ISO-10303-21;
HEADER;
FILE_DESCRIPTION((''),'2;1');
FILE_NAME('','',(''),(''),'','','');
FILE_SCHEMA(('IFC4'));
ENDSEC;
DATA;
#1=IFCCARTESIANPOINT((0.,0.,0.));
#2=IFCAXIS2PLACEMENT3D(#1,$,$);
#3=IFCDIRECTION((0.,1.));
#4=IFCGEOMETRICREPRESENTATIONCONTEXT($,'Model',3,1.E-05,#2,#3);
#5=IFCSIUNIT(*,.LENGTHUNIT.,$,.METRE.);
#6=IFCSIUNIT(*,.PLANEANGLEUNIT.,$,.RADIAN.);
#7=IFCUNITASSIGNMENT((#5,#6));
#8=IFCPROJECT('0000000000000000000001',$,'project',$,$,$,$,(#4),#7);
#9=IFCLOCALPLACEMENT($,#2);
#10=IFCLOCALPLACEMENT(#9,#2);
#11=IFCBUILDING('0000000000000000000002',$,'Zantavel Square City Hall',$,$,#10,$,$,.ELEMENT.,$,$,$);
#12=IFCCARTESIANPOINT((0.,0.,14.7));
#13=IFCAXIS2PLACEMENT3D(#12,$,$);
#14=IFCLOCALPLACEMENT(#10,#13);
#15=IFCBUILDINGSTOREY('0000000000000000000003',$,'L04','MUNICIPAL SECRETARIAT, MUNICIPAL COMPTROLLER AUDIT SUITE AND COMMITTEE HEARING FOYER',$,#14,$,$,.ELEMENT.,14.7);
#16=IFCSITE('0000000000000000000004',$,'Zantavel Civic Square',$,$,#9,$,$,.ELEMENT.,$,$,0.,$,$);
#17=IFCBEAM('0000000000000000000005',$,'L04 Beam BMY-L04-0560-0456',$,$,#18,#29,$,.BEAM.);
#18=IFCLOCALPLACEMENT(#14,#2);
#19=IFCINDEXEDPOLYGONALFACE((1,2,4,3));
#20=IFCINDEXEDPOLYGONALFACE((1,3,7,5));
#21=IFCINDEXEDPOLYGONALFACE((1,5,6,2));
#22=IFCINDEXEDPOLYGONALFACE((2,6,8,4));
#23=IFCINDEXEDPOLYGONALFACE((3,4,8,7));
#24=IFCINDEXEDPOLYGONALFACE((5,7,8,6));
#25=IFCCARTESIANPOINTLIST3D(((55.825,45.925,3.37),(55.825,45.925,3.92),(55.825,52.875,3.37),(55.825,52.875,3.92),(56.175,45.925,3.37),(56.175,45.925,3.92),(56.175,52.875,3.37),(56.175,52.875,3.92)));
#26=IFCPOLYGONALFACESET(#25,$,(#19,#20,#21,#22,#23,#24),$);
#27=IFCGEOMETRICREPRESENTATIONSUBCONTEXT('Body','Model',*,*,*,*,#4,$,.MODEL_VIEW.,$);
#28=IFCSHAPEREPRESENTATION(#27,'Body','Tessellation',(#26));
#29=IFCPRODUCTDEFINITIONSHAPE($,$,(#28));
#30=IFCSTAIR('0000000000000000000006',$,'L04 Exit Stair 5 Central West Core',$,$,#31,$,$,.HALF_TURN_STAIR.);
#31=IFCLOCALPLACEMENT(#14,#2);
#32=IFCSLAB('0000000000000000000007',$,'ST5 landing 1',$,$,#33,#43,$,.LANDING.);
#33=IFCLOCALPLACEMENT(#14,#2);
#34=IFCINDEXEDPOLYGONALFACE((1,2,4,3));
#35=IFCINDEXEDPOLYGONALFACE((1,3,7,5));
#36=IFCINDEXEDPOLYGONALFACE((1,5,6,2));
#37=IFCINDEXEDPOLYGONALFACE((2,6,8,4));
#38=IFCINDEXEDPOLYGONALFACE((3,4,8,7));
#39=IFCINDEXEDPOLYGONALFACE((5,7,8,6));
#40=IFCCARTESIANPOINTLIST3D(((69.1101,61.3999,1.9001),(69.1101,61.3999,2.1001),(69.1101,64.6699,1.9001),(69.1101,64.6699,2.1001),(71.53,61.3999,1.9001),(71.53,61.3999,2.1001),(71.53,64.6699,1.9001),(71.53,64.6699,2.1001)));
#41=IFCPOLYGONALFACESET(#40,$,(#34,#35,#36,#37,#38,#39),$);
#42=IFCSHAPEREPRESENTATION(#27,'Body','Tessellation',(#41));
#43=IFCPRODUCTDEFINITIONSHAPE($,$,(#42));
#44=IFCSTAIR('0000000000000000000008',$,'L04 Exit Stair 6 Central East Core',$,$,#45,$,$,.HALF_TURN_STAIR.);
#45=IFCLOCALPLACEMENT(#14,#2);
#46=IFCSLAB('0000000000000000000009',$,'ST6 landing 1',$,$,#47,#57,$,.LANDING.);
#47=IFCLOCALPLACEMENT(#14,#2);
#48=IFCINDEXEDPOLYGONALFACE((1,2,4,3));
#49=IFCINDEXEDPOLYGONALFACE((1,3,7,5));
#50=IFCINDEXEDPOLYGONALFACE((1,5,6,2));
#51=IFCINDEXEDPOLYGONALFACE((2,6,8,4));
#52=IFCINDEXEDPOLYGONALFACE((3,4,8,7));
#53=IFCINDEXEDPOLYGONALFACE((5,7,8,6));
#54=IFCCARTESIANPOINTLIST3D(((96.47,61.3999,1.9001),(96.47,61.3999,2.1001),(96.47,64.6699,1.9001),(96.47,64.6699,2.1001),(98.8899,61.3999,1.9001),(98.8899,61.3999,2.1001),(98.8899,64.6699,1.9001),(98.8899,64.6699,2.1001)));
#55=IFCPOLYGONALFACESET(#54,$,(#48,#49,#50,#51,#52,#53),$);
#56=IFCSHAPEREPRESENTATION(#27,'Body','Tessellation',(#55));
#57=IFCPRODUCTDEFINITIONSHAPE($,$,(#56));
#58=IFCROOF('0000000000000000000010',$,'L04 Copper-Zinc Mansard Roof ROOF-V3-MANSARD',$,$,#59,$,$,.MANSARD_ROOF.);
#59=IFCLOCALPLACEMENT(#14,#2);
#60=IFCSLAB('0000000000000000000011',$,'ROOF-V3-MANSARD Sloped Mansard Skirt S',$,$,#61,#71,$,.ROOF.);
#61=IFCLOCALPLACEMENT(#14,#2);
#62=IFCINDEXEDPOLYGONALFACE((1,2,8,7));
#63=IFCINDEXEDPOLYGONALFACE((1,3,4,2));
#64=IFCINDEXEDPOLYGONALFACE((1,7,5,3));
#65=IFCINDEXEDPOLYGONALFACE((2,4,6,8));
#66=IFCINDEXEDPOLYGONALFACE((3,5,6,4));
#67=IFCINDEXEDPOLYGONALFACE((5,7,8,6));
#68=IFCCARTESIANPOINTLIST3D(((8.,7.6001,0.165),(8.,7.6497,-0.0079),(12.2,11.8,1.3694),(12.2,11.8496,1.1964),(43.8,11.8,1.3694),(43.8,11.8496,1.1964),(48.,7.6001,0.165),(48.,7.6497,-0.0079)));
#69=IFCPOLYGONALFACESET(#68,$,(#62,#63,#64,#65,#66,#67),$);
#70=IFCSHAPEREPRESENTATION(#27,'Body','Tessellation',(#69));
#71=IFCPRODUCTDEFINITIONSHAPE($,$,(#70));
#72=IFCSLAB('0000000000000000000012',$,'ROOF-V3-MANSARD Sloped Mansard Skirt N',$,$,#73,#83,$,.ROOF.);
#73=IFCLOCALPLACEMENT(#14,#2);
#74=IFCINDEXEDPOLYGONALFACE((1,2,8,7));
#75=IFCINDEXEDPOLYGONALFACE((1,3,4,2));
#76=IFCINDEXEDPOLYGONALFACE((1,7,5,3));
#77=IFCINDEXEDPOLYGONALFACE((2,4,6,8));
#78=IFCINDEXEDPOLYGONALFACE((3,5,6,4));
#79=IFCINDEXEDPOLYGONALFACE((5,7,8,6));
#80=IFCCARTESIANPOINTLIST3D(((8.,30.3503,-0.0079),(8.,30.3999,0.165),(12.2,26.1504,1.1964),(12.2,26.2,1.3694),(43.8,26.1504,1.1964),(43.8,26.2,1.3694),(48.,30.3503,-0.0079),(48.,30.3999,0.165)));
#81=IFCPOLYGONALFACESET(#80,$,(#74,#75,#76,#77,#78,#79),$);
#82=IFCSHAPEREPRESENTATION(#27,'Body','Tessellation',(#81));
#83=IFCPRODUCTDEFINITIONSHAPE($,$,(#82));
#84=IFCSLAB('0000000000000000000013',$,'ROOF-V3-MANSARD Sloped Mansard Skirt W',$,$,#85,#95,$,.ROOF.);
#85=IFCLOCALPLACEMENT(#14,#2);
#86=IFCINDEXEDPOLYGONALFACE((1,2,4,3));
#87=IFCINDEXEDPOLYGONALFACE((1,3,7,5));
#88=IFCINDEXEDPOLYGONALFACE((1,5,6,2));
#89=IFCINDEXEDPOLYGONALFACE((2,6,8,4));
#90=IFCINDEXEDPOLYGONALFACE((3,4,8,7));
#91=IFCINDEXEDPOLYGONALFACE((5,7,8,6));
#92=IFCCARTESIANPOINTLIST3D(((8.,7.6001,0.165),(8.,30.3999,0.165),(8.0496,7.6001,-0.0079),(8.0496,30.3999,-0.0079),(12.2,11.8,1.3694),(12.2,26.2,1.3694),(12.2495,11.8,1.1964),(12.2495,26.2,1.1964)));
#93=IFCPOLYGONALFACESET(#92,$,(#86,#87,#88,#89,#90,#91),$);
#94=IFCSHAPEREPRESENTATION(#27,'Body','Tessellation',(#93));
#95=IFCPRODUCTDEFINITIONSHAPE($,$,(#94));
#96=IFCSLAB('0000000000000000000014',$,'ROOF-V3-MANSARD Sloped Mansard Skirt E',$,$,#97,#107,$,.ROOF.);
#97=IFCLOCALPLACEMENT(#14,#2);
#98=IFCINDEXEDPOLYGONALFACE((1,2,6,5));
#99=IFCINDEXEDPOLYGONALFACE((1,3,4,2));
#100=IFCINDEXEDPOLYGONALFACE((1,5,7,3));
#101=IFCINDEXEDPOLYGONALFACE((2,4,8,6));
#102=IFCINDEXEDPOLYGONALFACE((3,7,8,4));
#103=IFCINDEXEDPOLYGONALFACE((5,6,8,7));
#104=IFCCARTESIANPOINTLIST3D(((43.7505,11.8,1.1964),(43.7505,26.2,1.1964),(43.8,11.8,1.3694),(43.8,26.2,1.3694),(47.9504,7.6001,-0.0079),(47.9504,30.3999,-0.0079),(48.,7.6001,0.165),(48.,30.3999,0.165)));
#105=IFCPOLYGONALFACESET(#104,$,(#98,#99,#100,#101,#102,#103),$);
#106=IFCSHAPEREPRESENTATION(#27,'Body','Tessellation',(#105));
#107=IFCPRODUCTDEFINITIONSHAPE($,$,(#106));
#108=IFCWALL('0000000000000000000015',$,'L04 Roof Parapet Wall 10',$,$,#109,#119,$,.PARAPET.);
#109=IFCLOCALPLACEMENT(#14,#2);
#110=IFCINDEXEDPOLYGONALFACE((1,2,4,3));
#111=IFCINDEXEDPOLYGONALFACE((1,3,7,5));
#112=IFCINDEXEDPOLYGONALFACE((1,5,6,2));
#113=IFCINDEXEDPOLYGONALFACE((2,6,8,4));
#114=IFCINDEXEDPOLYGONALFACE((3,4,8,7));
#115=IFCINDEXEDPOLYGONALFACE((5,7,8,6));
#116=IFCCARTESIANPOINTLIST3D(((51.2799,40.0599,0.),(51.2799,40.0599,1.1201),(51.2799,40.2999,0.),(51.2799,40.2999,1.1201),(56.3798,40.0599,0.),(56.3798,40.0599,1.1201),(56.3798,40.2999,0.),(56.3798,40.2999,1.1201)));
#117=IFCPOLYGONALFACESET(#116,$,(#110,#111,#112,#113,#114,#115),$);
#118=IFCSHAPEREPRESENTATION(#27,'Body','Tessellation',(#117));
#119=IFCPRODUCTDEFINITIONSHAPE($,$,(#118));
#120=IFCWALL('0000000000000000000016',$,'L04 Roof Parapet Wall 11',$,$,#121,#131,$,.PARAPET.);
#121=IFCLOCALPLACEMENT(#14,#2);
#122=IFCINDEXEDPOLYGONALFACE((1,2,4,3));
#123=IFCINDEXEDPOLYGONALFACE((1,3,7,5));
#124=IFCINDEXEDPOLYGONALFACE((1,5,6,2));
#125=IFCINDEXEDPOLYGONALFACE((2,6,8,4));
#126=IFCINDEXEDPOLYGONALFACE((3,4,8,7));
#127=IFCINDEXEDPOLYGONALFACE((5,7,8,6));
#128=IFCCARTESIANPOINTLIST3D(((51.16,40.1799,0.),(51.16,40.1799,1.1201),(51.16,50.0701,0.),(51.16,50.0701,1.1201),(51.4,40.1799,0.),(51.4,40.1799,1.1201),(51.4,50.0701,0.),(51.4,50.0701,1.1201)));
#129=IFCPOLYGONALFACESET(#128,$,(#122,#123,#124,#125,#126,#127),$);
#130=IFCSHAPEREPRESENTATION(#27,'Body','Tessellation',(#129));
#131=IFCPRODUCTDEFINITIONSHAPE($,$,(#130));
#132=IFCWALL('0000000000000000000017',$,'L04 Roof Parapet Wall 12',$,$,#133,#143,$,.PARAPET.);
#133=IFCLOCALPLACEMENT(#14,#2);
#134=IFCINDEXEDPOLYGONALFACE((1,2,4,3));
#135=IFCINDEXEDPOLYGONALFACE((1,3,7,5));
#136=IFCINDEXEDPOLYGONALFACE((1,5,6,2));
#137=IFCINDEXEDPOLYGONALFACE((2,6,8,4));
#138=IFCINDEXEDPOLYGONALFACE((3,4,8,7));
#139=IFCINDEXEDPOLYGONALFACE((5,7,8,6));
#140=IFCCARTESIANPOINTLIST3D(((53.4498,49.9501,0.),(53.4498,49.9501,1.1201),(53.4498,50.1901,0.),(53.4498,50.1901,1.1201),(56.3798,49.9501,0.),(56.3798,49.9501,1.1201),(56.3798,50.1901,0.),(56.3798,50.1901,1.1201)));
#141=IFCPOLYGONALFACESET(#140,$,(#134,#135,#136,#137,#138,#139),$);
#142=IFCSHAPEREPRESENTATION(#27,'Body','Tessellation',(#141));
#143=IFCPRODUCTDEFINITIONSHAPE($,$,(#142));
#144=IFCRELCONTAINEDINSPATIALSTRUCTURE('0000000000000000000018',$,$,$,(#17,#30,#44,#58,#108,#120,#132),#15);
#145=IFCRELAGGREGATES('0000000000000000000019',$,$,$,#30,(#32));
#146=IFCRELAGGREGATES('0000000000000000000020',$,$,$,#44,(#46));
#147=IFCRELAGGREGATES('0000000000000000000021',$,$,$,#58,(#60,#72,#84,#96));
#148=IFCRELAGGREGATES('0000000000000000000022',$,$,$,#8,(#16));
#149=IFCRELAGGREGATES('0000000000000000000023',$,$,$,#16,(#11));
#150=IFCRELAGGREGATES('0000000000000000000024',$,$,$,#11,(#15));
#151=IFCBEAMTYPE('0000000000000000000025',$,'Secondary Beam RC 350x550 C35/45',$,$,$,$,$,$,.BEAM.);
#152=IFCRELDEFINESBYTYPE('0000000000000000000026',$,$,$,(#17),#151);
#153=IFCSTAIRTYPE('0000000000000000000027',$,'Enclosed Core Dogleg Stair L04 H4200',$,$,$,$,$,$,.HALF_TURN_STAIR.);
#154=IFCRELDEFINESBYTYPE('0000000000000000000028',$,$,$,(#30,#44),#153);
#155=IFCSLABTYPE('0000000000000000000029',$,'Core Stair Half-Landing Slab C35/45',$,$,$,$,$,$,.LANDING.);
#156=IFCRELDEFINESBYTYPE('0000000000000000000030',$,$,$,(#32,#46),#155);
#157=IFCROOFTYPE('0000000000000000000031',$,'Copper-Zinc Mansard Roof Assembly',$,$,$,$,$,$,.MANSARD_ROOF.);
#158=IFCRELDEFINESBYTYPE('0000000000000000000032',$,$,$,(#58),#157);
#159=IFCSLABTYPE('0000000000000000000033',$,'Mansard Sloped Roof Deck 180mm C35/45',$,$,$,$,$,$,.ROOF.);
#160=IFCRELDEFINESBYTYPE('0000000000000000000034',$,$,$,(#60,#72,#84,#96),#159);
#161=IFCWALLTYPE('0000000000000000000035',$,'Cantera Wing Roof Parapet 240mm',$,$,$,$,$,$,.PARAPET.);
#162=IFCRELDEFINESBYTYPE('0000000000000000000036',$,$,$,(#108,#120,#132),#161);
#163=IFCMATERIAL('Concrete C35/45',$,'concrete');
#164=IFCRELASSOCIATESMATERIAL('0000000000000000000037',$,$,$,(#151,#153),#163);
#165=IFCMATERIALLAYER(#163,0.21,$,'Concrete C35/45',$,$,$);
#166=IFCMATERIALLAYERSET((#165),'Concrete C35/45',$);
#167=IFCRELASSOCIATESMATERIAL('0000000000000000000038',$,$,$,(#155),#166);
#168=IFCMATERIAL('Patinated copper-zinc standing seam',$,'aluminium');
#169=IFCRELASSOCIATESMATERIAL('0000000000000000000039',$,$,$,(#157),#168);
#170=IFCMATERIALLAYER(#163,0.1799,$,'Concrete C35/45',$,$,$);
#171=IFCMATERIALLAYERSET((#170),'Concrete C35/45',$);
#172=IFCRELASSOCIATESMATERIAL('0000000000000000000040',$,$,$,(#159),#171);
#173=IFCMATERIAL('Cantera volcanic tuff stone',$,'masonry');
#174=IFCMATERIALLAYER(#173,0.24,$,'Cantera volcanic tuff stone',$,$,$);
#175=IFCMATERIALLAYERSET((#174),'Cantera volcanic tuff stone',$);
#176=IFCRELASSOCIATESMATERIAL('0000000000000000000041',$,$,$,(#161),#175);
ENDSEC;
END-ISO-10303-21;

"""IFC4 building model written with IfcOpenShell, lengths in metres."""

from ifc_helpers import new_model, si_unit, direction, frame, frame_2d, origin, origin_2d, place, context, subcontext, project, spatial, polyline, rectangle, outline, extrude, material, layer, layer_set, material_profile, profile_set, type_object, element, aggregate, save


model = new_model("IFC4")

# Units and contexts
model_context = context("Model", 3, precision=1e-05, world=origin(), true_north=direction((0.0, 1.0)))
body_context = subcontext(model_context, "Body", "Model", "MODEL_VIEW")
ifc_project = project(units=[si_unit("LENGTHUNIT", "METRE"), si_unit("PLANEANGLEUNIT", "RADIAN")], contexts=[model_context])

# Site, building, storey
site_placement = place(None, origin())
site = spatial("IfcSite", under=ifc_project, at=site_placement, Name="Zantavel Civic Square", CompositionType="ELEMENT", RefElevation=0.0)
building_placement = place(site_placement, origin())
building = spatial("IfcBuilding", under=site, at=building_placement, Name="Zantavel Square City Hall", CompositionType="ELEMENT")
storey_placement = place(building_placement, frame((0.0, 0.0, 14.7)))
storey = spatial("IfcBuildingStorey", under=building, at=storey_placement, Name="L04", Description="MUNICIPAL SECRETARIAT, MUNICIPAL COMPTROLLER AUDIT SUITE AND COMMITTEE HEARING FOYER", CompositionType="ELEMENT", Elevation=14.7)

# Beam
ifc_material_1 = material(Name="Concrete C35/45", Category="concrete")
ifc_material_profile_1 = material_profile(ifc_material_1, rectangle(XDim=0.3501, YDim=0.55, at=origin_2d()), Name="RC 350x550")
ifc_profile_set_1 = profile_set([ifc_material_profile_1], Name="Concrete C35/45")
beam_type = type_object("IfcBeamType", Name="Secondary Beam RC 350x550 C35/45", PredefinedType="BEAM", material=ifc_profile_set_1)
for number, where, z_axis, x_axis, name in (
    (1, (56.0, 45.925, 3.645), (0.0, 1.0, 0.0), (-1.0, 0.0, 0.0), "L04 Beam BMY-L04-0560-0456"),
):
    element("IfcBeam", number, at=place(storey_placement, frame(where, z_axis=z_axis, x_axis=x_axis)), inside=storey, type_object=beam_type, Name=name, PredefinedType="BEAM", context=body_context, shape_type="SweptSolid", body=[
        extrude(rectangle(XDim=0.3501, YDim=0.55, at=origin_2d()), origin(), (0.0, 0.0, 1.0), 6.95),
    ])

# Stairs, slabs
stair_type_1 = type_object("IfcStairType", Name="Enclosed Core Dogleg Stair L04 H4200", PredefinedType="HALF_TURN_STAIR", material=ifc_material_1)
stair_1_placement = place(storey_placement, origin())
stair_1 = element("IfcStair", 2, at=stair_1_placement, inside=storey, type_object=stair_type_1, Name="L04 Exit Stair 5 Central West Core", PredefinedType="HALF_TURN_STAIR")
ifc_layer_1 = layer(ifc_material_1, 0.21, Name="Concrete C35/45")
ifc_layer_set_1 = layer_set([ifc_layer_1], Name="Concrete C35/45")
slab_type_1 = type_object("IfcSlabType", Name="Core Stair Half-Landing Slab C35/45", PredefinedType="LANDING", material=ifc_layer_set_1)
slab_1_placement = place(storey_placement, frame((0.0, 0.0, 1.9001)))
slab_1 = element("IfcSlab", 3, at=slab_1_placement, type_object=slab_type_1, Name="ST5 landing 1", PredefinedType="LANDING", context=body_context, shape_type="SweptSolid", body=[
    extrude(outline(polyline([(69.1101, 61.3999), (71.53, 61.3999), (71.53, 64.6699), (69.1101, 64.6699), (69.1101, 61.3999)])), origin(), (0.0, 0.0, 1.0), 0.2),
])
aggregate(stair_1, [slab_1])
stair_2_placement = place(storey_placement, origin())
stair_2 = element("IfcStair", 4, at=stair_2_placement, inside=storey, type_object=stair_type_1, Name="L04 Exit Stair 6 Central East Core", PredefinedType="HALF_TURN_STAIR")
slab_2_placement = place(storey_placement, frame((0.0, 0.0, 1.9001)))
slab_2 = element("IfcSlab", 5, at=slab_2_placement, type_object=slab_type_1, Name="ST6 landing 1", PredefinedType="LANDING", context=body_context, shape_type="SweptSolid", body=[
    extrude(outline(polyline([(98.8899, 64.6699), (96.47, 64.6699), (96.47, 61.3999), (98.8899, 61.3999), (98.8899, 64.6699)])), origin(), (0.0, 0.0, 1.0), 0.2),
])
aggregate(stair_2, [slab_2])

# Roof, slabs
ifc_material_2 = material(Name="Patinated copper-zinc standing seam", Category="aluminium")
roof_type = type_object("IfcRoofType", Name="Copper-Zinc Mansard Roof Assembly", PredefinedType="MANSARD_ROOF", material=ifc_material_2)
roof_placement = place(storey_placement, origin())
roof = element("IfcRoof", 6, at=roof_placement, inside=storey, type_object=roof_type, Name="L04 Copper-Zinc Mansard Roof ROOF-V3-MANSARD", PredefinedType="MANSARD_ROOF")
ifc_layer_2 = layer(ifc_material_1, 0.1799, Name="Concrete C35/45")
ifc_layer_set_2 = layer_set([ifc_layer_2], Name="Concrete C35/45")
slab_type_2 = type_object("IfcSlabType", Name="Mansard Sloped Roof Deck 180mm C35/45", PredefinedType="ROOF", material=ifc_layer_set_2)
slab_3_placement = place(storey_placement, frame((8.0, 7.6001, 0.165), z_axis=(0.0, -0.275644, 0.96126), x_axis=(1.0, 0.0, 0.0)))
slab_3 = element("IfcSlab", 7, at=slab_3_placement, type_object=slab_type_2, Name="ROOF-V3-MANSARD Sloped Mansard Skirt S", PredefinedType="ROOF", context=body_context, shape_type="SweptSolid", body=[
    extrude(outline(polyline([(0.0, 0.0), (40.0, 0.0), (35.8, 4.3692), (4.2, 4.3692), (0.0, 0.0)])), origin(), (0.0, 0.0, -1.0), 0.1799),
])
slab_4_placement = place(storey_placement, frame((48.0, 30.3999, 0.165), z_axis=(0.0, 0.275644, 0.96126), x_axis=(-1.0, 0.0, 0.0)))
slab_4 = element("IfcSlab", 8, at=slab_4_placement, type_object=slab_type_2, Name="ROOF-V3-MANSARD Sloped Mansard Skirt N", PredefinedType="ROOF", context=body_context, shape_type="SweptSolid", body=[
    extrude(outline(polyline([(0.0, 0.0), (40.0, 0.0), (35.8, 4.3692), (4.2, 4.3692), (0.0, 0.0)])), origin(), (0.0, 0.0, -1.0), 0.1799),
])
slab_5_placement = place(storey_placement, frame((8.0, 30.3999, 0.165), z_axis=(-0.275644, 0.0, 0.96126), x_axis=(0.0, -1.0, 0.0)))
slab_5 = element("IfcSlab", 9, at=slab_5_placement, type_object=slab_type_2, Name="ROOF-V3-MANSARD Sloped Mansard Skirt W", PredefinedType="ROOF", context=body_context, shape_type="SweptSolid", body=[
    extrude(outline(polyline([(0.0, 0.0), (22.7998, 0.0), (18.5999, 4.3692), (4.2, 4.3692), (0.0, 0.0)])), origin(), (0.0, 0.0, -1.0), 0.1799),
])
slab_6_placement = place(storey_placement, frame((48.0, 7.6001, 0.165), z_axis=(0.275644, 0.0, 0.96126), x_axis=(0.0, 1.0, 0.0)))
slab_6 = element("IfcSlab", 10, at=slab_6_placement, type_object=slab_type_2, Name="ROOF-V3-MANSARD Sloped Mansard Skirt E", PredefinedType="ROOF", context=body_context, shape_type="SweptSolid", body=[
    extrude(outline(polyline([(0.0, 0.0), (22.7998, 0.0), (18.5999, 4.3692), (4.2, 4.3692), (0.0, 0.0)])), origin(), (0.0, 0.0, -1.0), 0.1799),
])
aggregate(roof, [slab_3, slab_4, slab_5, slab_6])

# Walls
ifc_material_3 = material(Name="Cantera volcanic tuff stone", Category="masonry")
ifc_layer_3 = layer(ifc_material_3, 0.24, Name="Cantera volcanic tuff stone")
ifc_layer_set_3 = layer_set([ifc_layer_3], Name="Cantera volcanic tuff stone")
wall_type = type_object("IfcWallType", Name="Cantera Wing Roof Parapet 240mm", PredefinedType="PARAPET", material=ifc_layer_set_3)
wall_1_placement = place(storey_placement, frame((51.28, 40.1799, 0.0), z_axis=(0.0, 0.0, 1.0), x_axis=(1.0, 0.0, 0.0)))
element("IfcWall", 11, at=wall_1_placement, inside=storey, type_object=wall_type, Name="L04 Roof Parapet Wall 10", PredefinedType="PARAPET", context=body_context, shape_type="SweptSolid", body=[
    extrude(rectangle(XDim=5.0999, YDim=0.24, at=frame_2d((2.5498, 0.0))), origin(), (0.0, 0.0, 1.0), 1.1201),
])
wall_2_placement = place(storey_placement, frame((51.28, 40.1799, 0.0), z_axis=(0.0, 0.0, 1.0), x_axis=(0.0, 1.0, 0.0)))
element("IfcWall", 12, at=wall_2_placement, inside=storey, type_object=wall_type, Name="L04 Roof Parapet Wall 11", PredefinedType="PARAPET", context=body_context, shape_type="SweptSolid", body=[
    extrude(rectangle(XDim=9.8901, YDim=0.24, at=frame_2d((4.9451, 0.0))), origin(), (0.0, 0.0, 1.0), 1.1201),
])
wall_3_placement = place(storey_placement, frame((53.45, 50.0701, 0.0), z_axis=(0.0, 0.0, 1.0), x_axis=(1.0, 0.0, 0.0)))
element("IfcWall", 13, at=wall_3_placement, inside=storey, type_object=wall_type, Name="L04 Roof Parapet Wall 12", PredefinedType="PARAPET", context=body_context, shape_type="SweptSolid", body=[
    extrude(rectangle(XDim=2.9299, YDim=0.24, at=frame_2d((1.4648, 0.0))), origin(), (0.0, 0.0, 1.0), 1.1201),
])

save(model, "model.ifc")
